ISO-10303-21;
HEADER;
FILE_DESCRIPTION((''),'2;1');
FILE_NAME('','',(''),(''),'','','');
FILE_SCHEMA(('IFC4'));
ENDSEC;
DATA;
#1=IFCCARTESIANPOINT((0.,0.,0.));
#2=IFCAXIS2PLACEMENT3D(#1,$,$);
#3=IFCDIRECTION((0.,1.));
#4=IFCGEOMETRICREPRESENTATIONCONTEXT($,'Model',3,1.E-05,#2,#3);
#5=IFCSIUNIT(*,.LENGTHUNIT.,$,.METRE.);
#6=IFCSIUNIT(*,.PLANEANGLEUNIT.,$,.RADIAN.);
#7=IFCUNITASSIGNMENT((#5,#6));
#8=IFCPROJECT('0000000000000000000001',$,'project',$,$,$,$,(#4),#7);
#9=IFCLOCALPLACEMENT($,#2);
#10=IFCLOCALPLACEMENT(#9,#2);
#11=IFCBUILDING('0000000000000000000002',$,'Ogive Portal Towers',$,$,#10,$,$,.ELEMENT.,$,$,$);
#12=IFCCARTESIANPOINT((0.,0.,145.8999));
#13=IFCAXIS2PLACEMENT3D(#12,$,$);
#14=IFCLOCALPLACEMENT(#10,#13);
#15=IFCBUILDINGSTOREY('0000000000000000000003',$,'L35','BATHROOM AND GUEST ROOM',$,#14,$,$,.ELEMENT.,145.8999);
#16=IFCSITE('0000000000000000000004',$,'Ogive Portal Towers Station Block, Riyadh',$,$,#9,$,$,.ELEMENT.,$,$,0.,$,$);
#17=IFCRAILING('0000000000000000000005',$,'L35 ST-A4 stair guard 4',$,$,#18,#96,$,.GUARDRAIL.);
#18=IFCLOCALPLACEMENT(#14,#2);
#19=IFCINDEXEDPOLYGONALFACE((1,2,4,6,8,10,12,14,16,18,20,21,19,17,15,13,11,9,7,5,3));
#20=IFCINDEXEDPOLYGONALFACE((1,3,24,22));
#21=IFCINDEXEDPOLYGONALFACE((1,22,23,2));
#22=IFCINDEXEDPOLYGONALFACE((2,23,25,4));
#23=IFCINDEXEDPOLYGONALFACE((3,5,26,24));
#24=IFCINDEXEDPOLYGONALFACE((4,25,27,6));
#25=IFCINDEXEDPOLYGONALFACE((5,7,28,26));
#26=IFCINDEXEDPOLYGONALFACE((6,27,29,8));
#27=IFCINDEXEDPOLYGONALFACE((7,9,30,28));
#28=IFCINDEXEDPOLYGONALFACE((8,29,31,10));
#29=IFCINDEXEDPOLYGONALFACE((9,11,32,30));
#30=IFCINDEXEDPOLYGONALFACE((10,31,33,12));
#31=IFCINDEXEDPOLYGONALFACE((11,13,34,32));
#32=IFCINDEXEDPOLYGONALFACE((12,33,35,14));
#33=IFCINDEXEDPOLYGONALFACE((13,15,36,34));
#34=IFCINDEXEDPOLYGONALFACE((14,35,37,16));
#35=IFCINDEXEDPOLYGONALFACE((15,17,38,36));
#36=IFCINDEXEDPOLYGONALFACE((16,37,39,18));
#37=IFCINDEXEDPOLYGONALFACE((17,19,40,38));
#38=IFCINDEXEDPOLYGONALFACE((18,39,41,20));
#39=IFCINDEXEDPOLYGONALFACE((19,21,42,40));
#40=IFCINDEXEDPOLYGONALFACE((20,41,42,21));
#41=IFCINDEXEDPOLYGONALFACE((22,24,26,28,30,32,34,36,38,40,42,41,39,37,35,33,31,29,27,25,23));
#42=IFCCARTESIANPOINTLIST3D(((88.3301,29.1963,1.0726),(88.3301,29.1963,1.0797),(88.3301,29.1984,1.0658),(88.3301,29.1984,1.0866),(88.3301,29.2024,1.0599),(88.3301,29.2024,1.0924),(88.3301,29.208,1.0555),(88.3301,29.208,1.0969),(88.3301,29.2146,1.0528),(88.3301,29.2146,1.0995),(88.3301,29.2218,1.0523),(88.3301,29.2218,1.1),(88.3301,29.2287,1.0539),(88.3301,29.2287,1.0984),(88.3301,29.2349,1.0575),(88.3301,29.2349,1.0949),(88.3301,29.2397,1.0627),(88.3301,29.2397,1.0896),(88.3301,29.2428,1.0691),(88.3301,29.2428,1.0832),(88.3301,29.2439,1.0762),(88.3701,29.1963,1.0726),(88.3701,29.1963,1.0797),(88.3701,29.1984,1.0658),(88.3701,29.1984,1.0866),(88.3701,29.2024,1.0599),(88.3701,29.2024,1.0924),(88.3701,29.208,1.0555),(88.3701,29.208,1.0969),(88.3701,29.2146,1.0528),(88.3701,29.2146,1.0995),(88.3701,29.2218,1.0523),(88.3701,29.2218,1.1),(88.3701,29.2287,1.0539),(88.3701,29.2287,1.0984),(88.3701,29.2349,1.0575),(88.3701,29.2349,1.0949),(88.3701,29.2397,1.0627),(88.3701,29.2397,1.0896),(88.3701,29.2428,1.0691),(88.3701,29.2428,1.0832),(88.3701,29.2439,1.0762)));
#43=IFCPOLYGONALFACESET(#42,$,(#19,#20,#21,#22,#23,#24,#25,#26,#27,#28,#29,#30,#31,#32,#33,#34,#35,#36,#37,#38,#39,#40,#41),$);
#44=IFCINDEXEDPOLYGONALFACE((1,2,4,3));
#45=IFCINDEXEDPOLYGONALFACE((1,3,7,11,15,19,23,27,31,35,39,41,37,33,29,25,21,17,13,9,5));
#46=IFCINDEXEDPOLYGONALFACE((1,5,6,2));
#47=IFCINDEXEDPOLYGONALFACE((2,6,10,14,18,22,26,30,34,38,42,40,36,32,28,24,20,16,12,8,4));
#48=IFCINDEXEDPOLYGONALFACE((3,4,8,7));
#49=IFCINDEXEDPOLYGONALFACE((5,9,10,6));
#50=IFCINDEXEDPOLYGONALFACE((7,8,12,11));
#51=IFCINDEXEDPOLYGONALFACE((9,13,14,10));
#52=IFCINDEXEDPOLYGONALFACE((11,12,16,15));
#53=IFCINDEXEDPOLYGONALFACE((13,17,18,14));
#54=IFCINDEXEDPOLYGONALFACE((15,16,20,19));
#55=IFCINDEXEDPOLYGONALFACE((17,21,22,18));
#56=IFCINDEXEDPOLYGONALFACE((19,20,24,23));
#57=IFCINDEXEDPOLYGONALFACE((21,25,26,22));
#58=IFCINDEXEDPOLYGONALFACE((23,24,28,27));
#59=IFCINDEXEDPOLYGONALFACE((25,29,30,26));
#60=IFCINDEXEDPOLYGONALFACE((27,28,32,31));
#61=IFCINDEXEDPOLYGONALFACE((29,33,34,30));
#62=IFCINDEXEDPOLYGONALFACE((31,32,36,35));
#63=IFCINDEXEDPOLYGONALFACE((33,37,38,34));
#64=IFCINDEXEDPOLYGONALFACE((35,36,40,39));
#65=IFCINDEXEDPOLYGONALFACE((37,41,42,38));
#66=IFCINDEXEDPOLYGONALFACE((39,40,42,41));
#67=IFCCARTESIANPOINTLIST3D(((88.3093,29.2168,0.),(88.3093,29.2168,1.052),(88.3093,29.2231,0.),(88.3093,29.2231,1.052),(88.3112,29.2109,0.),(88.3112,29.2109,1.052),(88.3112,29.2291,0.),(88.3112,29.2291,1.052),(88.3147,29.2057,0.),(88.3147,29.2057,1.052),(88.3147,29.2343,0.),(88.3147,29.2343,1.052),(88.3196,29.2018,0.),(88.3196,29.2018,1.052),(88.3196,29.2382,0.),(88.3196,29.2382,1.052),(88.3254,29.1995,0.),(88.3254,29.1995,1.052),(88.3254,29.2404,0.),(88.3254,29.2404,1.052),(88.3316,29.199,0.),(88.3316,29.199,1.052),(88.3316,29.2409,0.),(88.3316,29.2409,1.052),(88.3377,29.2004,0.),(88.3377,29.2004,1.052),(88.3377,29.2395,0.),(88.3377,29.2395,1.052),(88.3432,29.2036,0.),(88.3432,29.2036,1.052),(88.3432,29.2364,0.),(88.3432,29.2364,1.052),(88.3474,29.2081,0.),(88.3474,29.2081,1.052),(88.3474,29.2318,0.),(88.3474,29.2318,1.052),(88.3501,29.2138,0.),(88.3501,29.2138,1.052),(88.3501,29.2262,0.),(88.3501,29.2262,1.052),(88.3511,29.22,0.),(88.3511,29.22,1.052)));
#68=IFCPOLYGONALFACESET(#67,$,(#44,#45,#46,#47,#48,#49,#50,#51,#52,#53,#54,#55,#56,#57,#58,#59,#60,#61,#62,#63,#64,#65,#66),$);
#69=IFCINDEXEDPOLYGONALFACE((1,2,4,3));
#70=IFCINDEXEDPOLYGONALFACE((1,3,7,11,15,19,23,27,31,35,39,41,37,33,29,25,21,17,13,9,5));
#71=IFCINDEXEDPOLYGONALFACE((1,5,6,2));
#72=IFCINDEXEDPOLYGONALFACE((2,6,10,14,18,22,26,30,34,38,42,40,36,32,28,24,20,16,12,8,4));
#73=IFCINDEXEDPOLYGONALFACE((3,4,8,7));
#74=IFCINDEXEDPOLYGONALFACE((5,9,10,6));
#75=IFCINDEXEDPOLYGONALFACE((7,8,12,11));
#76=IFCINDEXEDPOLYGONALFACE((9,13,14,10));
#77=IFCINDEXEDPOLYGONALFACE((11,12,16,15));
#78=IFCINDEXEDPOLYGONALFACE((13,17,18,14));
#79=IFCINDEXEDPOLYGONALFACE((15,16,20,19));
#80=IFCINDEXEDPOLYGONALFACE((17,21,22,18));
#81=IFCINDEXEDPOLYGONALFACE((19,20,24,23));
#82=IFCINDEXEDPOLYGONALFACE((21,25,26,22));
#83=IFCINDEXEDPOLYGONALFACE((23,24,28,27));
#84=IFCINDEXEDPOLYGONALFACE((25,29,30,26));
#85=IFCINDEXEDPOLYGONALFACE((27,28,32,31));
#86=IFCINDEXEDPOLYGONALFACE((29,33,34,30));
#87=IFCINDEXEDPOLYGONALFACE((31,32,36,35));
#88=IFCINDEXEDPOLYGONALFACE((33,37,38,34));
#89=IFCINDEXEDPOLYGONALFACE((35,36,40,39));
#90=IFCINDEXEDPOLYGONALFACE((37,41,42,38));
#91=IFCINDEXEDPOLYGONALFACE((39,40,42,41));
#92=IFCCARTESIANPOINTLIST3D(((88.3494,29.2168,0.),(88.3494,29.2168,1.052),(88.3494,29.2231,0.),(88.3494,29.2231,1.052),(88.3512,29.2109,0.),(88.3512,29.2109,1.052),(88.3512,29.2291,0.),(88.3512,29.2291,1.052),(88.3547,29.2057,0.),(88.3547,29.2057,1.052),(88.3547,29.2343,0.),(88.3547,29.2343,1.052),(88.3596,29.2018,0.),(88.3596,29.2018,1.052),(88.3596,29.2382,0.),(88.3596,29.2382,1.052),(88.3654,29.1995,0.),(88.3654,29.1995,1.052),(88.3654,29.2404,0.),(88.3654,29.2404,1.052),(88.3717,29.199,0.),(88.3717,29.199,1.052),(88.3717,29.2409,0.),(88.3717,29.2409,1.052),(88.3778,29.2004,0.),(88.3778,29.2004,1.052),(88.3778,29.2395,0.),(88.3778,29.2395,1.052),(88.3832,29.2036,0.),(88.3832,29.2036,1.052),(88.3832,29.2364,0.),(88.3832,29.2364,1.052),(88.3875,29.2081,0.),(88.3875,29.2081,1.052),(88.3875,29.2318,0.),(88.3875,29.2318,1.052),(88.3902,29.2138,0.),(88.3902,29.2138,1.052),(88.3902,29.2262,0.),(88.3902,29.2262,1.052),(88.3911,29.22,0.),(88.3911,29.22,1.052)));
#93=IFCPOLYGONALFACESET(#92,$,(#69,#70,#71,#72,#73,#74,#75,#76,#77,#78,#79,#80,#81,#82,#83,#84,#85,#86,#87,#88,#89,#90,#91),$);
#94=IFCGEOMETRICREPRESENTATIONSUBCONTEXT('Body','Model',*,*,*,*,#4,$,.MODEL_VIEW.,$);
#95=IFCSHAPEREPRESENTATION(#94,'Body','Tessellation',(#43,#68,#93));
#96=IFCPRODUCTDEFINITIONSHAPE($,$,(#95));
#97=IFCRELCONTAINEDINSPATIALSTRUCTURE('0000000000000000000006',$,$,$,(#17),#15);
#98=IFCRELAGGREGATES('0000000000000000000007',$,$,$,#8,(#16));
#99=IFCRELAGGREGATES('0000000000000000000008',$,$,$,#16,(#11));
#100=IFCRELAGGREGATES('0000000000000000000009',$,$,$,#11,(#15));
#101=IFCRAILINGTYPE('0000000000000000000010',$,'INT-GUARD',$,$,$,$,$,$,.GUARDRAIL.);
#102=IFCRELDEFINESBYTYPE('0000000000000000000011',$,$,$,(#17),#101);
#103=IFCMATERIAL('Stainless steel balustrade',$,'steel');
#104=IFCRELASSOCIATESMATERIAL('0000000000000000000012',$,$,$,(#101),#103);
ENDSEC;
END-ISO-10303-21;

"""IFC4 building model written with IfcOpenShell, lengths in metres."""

from ifc_helpers import new_model, si_unit, direction, frame, origin, origin_2d, place, context, subcontext, project, spatial, circle, extrude, material, type_object, element, save


model = new_model("IFC4")

# Units and contexts
model_context = context("Model", 3, precision=1e-05, world=origin(), true_north=direction((0.0, 1.0)))
body_context = subcontext(model_context, "Body", "Model", "MODEL_VIEW")
ifc_project = project(units=[si_unit("LENGTHUNIT", "METRE"), si_unit("PLANEANGLEUNIT", "RADIAN")], contexts=[model_context])

# Site, building, storey
site_placement = place(None, origin())
site = spatial("IfcSite", under=ifc_project, at=site_placement, Name="Ogive Portal Towers Station Block, Riyadh", CompositionType="ELEMENT", RefElevation=0.0)
building_placement = place(site_placement, origin())
building = spatial("IfcBuilding", under=site, at=building_placement, Name="Ogive Portal Towers", CompositionType="ELEMENT")
storey_placement = place(building_placement, frame((0.0, 0.0, 145.8999)))
storey = spatial("IfcBuildingStorey", under=building, at=storey_placement, Name="L35", Description="BATHROOM AND GUEST ROOM", CompositionType="ELEMENT", Elevation=145.8999)

# Railing
ifc_material_1 = material(Name="Stainless steel balustrade", Category="steel")
railing_type_1 = type_object("IfcRailingType", Name="INT-GUARD", PredefinedType="GUARDRAIL", material=ifc_material_1)
railing_1_placement = place(storey_placement, frame((88.3301, 29.22, 0.0)))
element("IfcRailing", 1, at=railing_1_placement, inside=storey, type_object=railing_type_1, Name="L35 ST-A4 stair guard 4", PredefinedType="GUARDRAIL", context=body_context, shape_type="SweptSolid", body=[
    extrude(circle(Radius=0.0239, at=origin_2d()), frame((0.0, 0.0, 1.0762), z_axis=(1.0, 0.0, 0.0), x_axis=(0.0, 1.0, 0.0)), (0.0, 0.0, 1.0), 0.04),
    extrude(circle(Radius=0.021, at=origin_2d()), origin(), (0.0, 0.0, 1.0), 1.052),
    extrude(circle(Radius=0.021, at=origin_2d()), frame((0.04, 0.0, 0.0)), (0.0, 0.0, 1.0), 1.052),
])

save(model, "model.ifc")
